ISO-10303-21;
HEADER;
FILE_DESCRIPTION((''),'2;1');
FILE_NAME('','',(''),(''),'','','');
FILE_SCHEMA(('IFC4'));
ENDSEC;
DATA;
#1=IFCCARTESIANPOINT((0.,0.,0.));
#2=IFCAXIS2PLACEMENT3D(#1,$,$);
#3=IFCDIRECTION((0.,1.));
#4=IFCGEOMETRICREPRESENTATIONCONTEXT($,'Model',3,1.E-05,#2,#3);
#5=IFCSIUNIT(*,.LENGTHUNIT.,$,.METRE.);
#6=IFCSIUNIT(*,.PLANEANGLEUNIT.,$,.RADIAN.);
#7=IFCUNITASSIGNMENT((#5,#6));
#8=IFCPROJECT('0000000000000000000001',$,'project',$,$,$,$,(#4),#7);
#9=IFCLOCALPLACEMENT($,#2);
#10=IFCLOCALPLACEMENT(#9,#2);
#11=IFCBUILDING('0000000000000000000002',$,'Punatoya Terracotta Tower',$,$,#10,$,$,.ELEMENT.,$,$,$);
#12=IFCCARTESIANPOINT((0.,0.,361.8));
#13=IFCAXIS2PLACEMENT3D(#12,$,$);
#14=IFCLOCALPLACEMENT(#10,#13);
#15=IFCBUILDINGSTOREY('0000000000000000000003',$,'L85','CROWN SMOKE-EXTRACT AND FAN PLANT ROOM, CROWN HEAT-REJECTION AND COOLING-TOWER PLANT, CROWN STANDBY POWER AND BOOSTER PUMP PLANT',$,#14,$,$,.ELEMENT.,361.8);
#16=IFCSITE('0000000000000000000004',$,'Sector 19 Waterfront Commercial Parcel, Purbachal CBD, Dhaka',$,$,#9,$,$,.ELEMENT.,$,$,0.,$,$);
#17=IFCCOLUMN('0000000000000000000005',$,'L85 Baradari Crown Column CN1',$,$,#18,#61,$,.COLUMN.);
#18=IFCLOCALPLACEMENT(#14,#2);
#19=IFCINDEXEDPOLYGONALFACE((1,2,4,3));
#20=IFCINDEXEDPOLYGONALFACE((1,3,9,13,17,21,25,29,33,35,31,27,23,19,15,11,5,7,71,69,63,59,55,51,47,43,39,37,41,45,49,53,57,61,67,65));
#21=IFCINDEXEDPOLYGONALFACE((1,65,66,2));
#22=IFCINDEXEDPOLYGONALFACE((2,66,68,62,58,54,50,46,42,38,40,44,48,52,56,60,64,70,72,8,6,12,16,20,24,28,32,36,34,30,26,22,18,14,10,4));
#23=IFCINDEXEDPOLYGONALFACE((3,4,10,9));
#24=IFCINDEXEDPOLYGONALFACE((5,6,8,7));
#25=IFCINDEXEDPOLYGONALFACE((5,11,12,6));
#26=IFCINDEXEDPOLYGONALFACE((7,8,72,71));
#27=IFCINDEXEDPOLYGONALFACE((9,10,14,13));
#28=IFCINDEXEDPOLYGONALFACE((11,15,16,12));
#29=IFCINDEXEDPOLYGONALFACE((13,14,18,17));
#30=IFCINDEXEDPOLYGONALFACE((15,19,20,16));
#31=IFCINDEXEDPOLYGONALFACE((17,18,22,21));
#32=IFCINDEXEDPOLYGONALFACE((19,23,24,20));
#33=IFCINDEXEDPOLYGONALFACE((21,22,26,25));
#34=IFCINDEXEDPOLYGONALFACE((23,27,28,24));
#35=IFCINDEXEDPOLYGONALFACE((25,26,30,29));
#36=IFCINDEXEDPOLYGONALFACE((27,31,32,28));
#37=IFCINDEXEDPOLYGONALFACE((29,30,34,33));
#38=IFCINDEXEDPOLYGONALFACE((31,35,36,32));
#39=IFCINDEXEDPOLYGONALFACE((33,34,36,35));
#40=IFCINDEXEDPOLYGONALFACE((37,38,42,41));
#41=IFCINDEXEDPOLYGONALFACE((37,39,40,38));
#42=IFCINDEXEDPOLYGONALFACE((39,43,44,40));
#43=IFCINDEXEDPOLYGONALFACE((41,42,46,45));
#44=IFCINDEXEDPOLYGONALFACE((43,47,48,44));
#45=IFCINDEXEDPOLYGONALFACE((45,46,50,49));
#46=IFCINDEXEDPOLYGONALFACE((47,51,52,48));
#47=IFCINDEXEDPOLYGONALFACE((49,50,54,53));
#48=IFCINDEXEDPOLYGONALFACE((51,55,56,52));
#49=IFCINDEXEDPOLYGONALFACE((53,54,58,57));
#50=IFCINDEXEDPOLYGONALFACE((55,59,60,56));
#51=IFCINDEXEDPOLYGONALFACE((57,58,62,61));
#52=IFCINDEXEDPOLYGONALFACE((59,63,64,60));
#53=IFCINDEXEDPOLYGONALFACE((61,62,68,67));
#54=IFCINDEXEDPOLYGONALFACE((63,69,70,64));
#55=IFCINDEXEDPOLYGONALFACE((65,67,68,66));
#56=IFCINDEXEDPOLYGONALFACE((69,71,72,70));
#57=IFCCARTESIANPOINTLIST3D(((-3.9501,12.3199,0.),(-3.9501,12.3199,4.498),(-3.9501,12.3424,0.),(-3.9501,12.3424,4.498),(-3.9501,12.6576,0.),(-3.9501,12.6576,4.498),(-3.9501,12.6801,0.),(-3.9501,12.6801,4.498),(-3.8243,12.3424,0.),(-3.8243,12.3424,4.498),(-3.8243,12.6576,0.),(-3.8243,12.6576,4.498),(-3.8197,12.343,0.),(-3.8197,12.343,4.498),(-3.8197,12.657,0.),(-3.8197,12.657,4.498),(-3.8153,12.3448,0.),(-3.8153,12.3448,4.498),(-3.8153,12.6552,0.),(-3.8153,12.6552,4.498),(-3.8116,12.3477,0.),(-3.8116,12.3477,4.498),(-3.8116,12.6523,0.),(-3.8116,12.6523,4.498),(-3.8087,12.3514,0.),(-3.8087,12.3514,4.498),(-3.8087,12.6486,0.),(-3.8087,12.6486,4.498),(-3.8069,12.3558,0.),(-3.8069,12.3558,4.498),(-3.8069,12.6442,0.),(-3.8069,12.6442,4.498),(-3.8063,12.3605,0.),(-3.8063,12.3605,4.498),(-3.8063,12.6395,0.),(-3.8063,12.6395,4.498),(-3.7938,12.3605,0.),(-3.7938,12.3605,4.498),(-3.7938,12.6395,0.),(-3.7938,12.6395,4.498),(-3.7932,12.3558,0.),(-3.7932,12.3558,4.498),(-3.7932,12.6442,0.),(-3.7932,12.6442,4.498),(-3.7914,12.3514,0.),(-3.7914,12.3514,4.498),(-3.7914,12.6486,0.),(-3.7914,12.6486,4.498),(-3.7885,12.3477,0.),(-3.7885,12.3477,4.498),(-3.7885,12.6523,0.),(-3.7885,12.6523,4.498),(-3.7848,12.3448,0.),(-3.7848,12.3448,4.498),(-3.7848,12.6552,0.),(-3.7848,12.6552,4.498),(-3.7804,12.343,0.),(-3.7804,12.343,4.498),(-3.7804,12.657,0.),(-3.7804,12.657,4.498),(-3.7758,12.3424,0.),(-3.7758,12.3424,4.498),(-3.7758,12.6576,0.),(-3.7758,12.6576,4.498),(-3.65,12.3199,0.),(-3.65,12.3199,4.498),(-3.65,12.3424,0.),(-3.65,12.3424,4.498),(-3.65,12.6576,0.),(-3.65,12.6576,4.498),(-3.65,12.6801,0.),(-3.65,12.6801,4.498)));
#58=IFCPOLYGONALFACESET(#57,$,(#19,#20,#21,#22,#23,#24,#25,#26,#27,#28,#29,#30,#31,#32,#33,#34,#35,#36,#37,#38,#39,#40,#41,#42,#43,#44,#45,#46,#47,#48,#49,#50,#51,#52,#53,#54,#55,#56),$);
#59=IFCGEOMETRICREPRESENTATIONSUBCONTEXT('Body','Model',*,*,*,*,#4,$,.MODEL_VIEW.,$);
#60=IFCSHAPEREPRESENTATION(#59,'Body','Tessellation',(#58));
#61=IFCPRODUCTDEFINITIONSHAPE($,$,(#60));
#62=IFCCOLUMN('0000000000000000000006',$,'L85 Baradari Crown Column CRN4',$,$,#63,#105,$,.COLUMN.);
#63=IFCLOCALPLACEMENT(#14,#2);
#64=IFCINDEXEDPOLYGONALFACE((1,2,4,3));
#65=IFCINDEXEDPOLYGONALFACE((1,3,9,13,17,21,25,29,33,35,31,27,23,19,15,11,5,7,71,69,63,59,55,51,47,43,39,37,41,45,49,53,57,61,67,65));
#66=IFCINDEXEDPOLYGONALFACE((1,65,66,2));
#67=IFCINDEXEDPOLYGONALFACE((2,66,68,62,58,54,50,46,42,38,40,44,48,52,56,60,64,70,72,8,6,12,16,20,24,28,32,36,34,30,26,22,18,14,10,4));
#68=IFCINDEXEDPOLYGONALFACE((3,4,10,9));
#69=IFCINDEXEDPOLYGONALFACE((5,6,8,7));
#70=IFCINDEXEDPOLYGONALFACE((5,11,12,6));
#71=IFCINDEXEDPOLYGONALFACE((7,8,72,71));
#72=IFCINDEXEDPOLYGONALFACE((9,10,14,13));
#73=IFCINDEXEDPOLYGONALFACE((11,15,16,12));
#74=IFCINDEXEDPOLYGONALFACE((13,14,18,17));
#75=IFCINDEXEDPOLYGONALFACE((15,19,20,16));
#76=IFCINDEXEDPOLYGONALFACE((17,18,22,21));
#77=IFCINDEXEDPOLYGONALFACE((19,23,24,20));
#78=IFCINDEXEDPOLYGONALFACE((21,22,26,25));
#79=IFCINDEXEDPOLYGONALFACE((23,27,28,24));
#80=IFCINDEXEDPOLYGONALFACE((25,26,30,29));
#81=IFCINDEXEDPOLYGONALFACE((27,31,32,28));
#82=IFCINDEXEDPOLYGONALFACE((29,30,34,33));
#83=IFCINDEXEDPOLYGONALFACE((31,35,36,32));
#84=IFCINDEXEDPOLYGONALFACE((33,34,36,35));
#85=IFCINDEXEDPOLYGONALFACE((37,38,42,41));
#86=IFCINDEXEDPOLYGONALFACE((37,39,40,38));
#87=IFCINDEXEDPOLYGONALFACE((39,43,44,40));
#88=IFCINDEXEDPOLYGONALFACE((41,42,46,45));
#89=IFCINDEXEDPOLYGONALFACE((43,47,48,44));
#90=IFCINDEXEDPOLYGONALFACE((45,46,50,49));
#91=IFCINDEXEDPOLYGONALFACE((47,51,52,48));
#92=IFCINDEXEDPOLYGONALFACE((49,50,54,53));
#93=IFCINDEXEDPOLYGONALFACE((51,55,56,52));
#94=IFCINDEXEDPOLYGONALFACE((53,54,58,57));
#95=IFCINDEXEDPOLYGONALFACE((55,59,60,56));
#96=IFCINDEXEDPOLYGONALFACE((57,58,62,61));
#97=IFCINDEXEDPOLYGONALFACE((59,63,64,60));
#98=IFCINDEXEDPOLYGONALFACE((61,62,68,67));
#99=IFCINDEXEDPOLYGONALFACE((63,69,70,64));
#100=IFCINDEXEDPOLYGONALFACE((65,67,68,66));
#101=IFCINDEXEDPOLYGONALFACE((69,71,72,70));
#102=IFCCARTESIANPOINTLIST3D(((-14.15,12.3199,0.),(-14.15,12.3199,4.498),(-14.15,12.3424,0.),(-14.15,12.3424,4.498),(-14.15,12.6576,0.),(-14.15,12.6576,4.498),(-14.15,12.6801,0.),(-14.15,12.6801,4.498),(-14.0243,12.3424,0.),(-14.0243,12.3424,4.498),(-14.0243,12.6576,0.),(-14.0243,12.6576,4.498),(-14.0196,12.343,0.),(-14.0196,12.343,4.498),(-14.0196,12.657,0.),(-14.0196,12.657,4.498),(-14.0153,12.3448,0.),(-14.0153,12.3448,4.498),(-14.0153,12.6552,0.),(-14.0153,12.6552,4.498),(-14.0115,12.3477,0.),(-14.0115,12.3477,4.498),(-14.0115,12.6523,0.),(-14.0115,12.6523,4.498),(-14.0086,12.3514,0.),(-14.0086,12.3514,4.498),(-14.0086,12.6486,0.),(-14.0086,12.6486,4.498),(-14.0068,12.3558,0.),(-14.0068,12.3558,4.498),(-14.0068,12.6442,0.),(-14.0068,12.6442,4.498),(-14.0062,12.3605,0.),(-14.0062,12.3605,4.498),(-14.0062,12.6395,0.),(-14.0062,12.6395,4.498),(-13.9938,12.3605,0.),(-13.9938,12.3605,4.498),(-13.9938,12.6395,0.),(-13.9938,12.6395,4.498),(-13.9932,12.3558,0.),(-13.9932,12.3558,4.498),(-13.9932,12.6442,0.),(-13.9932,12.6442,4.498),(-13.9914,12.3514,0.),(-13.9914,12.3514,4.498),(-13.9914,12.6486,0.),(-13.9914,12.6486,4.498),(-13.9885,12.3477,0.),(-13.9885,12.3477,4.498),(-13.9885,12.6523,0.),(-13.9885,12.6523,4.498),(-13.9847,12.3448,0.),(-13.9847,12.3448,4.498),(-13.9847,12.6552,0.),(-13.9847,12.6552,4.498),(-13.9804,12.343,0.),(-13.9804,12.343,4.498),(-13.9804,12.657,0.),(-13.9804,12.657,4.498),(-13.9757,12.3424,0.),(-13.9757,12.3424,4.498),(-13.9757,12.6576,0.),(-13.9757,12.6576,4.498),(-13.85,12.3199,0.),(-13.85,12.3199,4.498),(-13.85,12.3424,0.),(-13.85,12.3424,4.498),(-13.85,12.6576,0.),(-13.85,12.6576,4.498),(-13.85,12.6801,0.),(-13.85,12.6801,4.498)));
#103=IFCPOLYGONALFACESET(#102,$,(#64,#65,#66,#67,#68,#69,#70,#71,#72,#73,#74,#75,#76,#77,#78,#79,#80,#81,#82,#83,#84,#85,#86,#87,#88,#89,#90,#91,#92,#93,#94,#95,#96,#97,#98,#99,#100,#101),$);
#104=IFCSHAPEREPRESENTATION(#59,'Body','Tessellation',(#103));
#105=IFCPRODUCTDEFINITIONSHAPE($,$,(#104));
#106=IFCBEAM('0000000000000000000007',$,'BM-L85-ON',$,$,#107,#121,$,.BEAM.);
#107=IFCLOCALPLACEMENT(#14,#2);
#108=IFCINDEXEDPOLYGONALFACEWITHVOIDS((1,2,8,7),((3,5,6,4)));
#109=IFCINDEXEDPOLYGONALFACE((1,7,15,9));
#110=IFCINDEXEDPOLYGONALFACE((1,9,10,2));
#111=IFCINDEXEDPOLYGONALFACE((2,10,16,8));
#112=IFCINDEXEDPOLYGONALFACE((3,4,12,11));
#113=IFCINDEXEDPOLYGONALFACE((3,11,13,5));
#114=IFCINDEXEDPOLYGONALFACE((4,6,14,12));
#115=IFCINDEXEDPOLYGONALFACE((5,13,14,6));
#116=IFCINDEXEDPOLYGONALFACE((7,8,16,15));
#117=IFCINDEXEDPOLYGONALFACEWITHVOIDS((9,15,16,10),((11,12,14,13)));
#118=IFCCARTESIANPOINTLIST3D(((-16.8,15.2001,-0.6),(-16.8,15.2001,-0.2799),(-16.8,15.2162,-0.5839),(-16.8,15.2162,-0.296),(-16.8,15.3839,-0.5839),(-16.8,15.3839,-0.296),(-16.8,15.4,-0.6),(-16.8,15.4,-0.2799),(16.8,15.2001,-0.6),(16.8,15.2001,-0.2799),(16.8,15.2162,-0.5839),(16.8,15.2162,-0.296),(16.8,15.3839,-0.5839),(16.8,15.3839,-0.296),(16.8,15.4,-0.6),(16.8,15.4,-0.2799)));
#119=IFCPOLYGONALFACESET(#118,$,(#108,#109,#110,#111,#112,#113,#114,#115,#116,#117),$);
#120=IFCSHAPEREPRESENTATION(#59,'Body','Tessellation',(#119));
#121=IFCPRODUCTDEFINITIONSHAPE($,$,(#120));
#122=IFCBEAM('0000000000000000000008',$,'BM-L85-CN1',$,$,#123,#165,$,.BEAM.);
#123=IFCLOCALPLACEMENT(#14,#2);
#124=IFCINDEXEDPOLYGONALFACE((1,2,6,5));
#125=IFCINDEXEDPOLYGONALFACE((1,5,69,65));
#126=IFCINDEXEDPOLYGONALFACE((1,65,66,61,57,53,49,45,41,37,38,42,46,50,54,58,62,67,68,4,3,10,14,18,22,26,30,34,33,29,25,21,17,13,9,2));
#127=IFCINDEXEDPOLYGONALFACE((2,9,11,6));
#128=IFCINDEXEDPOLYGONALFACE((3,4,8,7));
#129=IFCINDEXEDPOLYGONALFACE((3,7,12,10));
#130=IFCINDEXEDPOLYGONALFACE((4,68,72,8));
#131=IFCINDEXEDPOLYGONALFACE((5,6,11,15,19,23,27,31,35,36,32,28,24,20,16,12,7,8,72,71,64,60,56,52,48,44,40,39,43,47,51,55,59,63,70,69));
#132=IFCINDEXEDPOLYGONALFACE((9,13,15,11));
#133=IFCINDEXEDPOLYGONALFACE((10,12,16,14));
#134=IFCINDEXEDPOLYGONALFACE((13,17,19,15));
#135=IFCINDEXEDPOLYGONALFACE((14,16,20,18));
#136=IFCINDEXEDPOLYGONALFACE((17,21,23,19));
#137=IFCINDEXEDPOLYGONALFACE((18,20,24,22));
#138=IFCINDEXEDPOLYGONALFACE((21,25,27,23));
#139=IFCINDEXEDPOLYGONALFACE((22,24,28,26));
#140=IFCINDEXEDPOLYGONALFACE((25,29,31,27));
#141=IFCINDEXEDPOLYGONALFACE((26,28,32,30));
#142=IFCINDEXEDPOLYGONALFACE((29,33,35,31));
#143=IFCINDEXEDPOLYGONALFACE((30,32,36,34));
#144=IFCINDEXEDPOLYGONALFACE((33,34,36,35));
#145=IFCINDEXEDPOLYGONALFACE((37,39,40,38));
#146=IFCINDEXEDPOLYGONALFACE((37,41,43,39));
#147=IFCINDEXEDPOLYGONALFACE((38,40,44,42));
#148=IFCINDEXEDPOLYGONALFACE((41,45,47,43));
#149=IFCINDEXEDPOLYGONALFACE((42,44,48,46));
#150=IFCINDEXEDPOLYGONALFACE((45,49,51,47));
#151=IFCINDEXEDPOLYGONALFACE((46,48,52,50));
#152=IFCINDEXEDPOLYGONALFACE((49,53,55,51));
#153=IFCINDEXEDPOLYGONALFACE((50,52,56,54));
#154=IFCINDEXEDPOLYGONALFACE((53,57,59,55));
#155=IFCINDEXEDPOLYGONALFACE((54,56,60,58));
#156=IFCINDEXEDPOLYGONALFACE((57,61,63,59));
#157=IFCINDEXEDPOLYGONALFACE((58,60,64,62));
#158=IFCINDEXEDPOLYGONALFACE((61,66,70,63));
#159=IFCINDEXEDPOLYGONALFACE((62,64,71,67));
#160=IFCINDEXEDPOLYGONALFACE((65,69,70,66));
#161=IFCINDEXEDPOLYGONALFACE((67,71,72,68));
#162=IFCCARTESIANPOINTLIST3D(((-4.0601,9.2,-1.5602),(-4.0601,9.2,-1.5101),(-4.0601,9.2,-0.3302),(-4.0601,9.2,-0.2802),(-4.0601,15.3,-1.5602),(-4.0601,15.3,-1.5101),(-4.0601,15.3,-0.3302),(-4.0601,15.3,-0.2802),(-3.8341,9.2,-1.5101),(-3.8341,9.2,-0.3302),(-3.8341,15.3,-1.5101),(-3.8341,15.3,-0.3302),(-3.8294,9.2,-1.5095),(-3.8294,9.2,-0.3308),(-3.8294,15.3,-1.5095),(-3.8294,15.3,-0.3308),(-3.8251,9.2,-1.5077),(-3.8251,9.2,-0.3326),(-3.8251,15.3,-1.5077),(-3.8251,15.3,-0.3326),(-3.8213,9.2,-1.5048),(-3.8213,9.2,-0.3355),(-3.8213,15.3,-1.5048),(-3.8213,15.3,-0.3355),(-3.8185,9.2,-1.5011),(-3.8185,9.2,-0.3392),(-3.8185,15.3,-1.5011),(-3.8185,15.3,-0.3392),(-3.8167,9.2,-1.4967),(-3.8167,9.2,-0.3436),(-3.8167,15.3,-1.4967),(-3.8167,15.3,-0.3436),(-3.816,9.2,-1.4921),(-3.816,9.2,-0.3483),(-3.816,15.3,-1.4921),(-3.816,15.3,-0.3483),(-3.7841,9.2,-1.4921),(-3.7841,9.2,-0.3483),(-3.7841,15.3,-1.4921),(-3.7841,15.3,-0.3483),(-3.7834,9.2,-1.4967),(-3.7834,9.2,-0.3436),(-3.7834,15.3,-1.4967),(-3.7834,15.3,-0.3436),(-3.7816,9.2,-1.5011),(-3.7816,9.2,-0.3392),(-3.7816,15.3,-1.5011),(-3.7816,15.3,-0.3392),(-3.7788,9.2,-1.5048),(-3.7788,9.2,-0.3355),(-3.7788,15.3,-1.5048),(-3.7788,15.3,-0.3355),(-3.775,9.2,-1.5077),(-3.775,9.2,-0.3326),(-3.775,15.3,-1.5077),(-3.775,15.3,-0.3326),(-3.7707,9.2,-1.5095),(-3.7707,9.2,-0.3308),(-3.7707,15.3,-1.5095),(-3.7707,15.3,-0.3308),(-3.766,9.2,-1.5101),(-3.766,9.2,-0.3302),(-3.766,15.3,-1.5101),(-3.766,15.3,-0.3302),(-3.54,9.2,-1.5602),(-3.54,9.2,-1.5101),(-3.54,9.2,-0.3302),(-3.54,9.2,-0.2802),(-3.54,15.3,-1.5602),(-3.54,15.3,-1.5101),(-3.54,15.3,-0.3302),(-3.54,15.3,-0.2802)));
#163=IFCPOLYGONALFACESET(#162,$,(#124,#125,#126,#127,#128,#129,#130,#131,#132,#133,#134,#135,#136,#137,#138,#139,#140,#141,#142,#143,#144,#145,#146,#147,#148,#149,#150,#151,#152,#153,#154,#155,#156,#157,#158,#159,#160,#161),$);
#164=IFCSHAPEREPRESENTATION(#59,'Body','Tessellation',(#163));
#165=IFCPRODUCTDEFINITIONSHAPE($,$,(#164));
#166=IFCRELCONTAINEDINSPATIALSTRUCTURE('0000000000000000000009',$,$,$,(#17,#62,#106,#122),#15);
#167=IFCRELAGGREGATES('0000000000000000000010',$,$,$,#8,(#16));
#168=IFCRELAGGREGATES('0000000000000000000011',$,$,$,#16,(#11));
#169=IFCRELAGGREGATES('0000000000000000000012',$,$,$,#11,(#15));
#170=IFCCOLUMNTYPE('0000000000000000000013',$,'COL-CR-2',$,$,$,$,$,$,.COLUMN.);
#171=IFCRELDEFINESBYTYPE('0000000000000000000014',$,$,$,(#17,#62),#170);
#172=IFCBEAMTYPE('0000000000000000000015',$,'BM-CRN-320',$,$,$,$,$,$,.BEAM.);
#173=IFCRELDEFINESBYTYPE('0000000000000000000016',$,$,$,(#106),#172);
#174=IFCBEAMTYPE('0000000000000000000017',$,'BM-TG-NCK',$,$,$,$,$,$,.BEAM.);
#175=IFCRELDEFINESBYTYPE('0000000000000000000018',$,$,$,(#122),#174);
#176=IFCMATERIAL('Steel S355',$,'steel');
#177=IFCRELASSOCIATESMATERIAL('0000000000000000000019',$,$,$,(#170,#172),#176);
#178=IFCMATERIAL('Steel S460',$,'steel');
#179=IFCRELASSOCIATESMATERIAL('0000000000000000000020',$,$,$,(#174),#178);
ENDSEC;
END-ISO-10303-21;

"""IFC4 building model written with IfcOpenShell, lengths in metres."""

from ifc_helpers import new_model, si_unit, direction, frame, origin, origin_2d, place, context, subcontext, project, spatial, hollow_rectangle, i_section, extrude, material, material_profile, profile_set, type_object, element, save


model = new_model("IFC4")

# Units and contexts
model_context = context("Model", 3, precision=1e-05, world=origin(), true_north=direction((0.0, 1.0)))
body_context = subcontext(model_context, "Body", "Model", "MODEL_VIEW")
ifc_project = project(units=[si_unit("LENGTHUNIT", "METRE"), si_unit("PLANEANGLEUNIT", "RADIAN")], contexts=[model_context])

# Site, building, storey
site_placement = place(None, origin())
site = spatial("IfcSite", under=ifc_project, at=site_placement, Name="Sector 19 Waterfront Commercial Parcel, Purbachal CBD, Dhaka", CompositionType="ELEMENT", RefElevation=0.0)
building_placement = place(site_placement, origin())
building = spatial("IfcBuilding", under=site, at=building_placement, Name="Punatoya Terracotta Tower", CompositionType="ELEMENT")
storey_placement = place(building_placement, frame((0.0, 0.0, 361.8)))
storey = spatial("IfcBuildingStorey", under=building, at=storey_placement, Name="L85", Description="CROWN SMOKE-EXTRACT AND FAN PLANT ROOM, CROWN HEAT-REJECTION AND COOLING-TOWER PLANT, CROWN STANDBY POWER AND BOOSTER PUMP PLANT", CompositionType="ELEMENT", Elevation=361.8)

# Columns
ifc_material_1 = material(Name="Steel S355", Category="steel")
ifc_material_profile_1 = material_profile(ifc_material_1, i_section(OverallWidth=0.3, OverallDepth=0.3601, WebThickness=0.0125, FlangeThickness=0.0225, FilletRadius=0.0181, at=origin_2d()))
ifc_profile_set_1 = profile_set([ifc_material_profile_1], Name="Steel S355")
column_type = type_object("IfcColumnType", Name="COL-CR-2", PredefinedType="COLUMN", material=ifc_profile_set_1)
for number, where, z_axis, x_axis, name in (
    (1, (-3.8, 12.5, 0.0), (0.0, 0.0, 1.0), (1.0, 0.0, 0.0), "L85 Baradari Crown Column CN1"),
    (2, (-14.0, 12.5, 0.0), (0.0, 0.0, 1.0), (1.0, 0.0, 0.0), "L85 Baradari Crown Column CRN4"),
):
    element("IfcColumn", number, at=place(storey_placement, frame(where, z_axis=z_axis, x_axis=x_axis)), inside=storey, type_object=column_type, Name=name, PredefinedType="COLUMN", context=body_context, shape_type="SweptSolid", body=[
        extrude(i_section(OverallWidth=0.3, OverallDepth=0.3601, WebThickness=0.0125, FlangeThickness=0.0225, FilletRadius=0.0181, at=origin_2d()), origin(), (0.0, 0.0, 1.0), 4.498),
    ])

# Beams
ifc_material_profile_2 = material_profile(ifc_material_1, hollow_rectangle(XDim=0.2, YDim=0.3201, WallThickness=0.0161, at=origin_2d()))
ifc_profile_set_2 = profile_set([ifc_material_profile_2], Name="Steel S355")
beam_type_1 = type_object("IfcBeamType", Name="BM-CRN-320", PredefinedType="BEAM", material=ifc_profile_set_2)
beam_1_placement = place(storey_placement, frame((-16.8, 15.3, -0.4399), z_axis=(1.0, 0.0, 0.0), x_axis=(0.0, 1.0, 0.0)))
element("IfcBeam", 3, at=beam_1_placement, inside=storey, type_object=beam_type_1, Name="BM-L85-ON", PredefinedType="BEAM", context=body_context, shape_type="SweptSolid", body=[
    extrude(hollow_rectangle(XDim=0.2, YDim=0.3201, WallThickness=0.0161, at=origin_2d()), origin(), (0.0, 0.0, 1.0), 33.6001),
])
ifc_material_2 = material(Name="Steel S460", Category="steel")
ifc_material_profile_3 = material_profile(ifc_material_2, i_section(OverallWidth=0.52, OverallDepth=1.28, WebThickness=0.032, FlangeThickness=0.05, FilletRadius=0.0181, at=origin_2d()))
ifc_profile_set_3 = profile_set([ifc_material_profile_3], Name="Steel S460")
beam_type_2 = type_object("IfcBeamType", Name="BM-TG-NCK", PredefinedType="BEAM", material=ifc_profile_set_3)
beam_2_placement = place(storey_placement, frame((-3.8, 9.2, -0.9202), z_axis=(0.0, 1.0, 0.0), x_axis=(-1.0, 0.0, 0.0)))
element("IfcBeam", 4, at=beam_2_placement, inside=storey, type_object=beam_type_2, Name="BM-L85-CN1", PredefinedType="BEAM", context=body_context, shape_type="SweptSolid", body=[
    extrude(i_section(OverallWidth=0.52, OverallDepth=1.28, WebThickness=0.032, FlangeThickness=0.05, FilletRadius=0.0181, at=origin_2d()), origin(), (0.0, 0.0, 1.0), 6.1001),
])

save(model, "model.ifc")
